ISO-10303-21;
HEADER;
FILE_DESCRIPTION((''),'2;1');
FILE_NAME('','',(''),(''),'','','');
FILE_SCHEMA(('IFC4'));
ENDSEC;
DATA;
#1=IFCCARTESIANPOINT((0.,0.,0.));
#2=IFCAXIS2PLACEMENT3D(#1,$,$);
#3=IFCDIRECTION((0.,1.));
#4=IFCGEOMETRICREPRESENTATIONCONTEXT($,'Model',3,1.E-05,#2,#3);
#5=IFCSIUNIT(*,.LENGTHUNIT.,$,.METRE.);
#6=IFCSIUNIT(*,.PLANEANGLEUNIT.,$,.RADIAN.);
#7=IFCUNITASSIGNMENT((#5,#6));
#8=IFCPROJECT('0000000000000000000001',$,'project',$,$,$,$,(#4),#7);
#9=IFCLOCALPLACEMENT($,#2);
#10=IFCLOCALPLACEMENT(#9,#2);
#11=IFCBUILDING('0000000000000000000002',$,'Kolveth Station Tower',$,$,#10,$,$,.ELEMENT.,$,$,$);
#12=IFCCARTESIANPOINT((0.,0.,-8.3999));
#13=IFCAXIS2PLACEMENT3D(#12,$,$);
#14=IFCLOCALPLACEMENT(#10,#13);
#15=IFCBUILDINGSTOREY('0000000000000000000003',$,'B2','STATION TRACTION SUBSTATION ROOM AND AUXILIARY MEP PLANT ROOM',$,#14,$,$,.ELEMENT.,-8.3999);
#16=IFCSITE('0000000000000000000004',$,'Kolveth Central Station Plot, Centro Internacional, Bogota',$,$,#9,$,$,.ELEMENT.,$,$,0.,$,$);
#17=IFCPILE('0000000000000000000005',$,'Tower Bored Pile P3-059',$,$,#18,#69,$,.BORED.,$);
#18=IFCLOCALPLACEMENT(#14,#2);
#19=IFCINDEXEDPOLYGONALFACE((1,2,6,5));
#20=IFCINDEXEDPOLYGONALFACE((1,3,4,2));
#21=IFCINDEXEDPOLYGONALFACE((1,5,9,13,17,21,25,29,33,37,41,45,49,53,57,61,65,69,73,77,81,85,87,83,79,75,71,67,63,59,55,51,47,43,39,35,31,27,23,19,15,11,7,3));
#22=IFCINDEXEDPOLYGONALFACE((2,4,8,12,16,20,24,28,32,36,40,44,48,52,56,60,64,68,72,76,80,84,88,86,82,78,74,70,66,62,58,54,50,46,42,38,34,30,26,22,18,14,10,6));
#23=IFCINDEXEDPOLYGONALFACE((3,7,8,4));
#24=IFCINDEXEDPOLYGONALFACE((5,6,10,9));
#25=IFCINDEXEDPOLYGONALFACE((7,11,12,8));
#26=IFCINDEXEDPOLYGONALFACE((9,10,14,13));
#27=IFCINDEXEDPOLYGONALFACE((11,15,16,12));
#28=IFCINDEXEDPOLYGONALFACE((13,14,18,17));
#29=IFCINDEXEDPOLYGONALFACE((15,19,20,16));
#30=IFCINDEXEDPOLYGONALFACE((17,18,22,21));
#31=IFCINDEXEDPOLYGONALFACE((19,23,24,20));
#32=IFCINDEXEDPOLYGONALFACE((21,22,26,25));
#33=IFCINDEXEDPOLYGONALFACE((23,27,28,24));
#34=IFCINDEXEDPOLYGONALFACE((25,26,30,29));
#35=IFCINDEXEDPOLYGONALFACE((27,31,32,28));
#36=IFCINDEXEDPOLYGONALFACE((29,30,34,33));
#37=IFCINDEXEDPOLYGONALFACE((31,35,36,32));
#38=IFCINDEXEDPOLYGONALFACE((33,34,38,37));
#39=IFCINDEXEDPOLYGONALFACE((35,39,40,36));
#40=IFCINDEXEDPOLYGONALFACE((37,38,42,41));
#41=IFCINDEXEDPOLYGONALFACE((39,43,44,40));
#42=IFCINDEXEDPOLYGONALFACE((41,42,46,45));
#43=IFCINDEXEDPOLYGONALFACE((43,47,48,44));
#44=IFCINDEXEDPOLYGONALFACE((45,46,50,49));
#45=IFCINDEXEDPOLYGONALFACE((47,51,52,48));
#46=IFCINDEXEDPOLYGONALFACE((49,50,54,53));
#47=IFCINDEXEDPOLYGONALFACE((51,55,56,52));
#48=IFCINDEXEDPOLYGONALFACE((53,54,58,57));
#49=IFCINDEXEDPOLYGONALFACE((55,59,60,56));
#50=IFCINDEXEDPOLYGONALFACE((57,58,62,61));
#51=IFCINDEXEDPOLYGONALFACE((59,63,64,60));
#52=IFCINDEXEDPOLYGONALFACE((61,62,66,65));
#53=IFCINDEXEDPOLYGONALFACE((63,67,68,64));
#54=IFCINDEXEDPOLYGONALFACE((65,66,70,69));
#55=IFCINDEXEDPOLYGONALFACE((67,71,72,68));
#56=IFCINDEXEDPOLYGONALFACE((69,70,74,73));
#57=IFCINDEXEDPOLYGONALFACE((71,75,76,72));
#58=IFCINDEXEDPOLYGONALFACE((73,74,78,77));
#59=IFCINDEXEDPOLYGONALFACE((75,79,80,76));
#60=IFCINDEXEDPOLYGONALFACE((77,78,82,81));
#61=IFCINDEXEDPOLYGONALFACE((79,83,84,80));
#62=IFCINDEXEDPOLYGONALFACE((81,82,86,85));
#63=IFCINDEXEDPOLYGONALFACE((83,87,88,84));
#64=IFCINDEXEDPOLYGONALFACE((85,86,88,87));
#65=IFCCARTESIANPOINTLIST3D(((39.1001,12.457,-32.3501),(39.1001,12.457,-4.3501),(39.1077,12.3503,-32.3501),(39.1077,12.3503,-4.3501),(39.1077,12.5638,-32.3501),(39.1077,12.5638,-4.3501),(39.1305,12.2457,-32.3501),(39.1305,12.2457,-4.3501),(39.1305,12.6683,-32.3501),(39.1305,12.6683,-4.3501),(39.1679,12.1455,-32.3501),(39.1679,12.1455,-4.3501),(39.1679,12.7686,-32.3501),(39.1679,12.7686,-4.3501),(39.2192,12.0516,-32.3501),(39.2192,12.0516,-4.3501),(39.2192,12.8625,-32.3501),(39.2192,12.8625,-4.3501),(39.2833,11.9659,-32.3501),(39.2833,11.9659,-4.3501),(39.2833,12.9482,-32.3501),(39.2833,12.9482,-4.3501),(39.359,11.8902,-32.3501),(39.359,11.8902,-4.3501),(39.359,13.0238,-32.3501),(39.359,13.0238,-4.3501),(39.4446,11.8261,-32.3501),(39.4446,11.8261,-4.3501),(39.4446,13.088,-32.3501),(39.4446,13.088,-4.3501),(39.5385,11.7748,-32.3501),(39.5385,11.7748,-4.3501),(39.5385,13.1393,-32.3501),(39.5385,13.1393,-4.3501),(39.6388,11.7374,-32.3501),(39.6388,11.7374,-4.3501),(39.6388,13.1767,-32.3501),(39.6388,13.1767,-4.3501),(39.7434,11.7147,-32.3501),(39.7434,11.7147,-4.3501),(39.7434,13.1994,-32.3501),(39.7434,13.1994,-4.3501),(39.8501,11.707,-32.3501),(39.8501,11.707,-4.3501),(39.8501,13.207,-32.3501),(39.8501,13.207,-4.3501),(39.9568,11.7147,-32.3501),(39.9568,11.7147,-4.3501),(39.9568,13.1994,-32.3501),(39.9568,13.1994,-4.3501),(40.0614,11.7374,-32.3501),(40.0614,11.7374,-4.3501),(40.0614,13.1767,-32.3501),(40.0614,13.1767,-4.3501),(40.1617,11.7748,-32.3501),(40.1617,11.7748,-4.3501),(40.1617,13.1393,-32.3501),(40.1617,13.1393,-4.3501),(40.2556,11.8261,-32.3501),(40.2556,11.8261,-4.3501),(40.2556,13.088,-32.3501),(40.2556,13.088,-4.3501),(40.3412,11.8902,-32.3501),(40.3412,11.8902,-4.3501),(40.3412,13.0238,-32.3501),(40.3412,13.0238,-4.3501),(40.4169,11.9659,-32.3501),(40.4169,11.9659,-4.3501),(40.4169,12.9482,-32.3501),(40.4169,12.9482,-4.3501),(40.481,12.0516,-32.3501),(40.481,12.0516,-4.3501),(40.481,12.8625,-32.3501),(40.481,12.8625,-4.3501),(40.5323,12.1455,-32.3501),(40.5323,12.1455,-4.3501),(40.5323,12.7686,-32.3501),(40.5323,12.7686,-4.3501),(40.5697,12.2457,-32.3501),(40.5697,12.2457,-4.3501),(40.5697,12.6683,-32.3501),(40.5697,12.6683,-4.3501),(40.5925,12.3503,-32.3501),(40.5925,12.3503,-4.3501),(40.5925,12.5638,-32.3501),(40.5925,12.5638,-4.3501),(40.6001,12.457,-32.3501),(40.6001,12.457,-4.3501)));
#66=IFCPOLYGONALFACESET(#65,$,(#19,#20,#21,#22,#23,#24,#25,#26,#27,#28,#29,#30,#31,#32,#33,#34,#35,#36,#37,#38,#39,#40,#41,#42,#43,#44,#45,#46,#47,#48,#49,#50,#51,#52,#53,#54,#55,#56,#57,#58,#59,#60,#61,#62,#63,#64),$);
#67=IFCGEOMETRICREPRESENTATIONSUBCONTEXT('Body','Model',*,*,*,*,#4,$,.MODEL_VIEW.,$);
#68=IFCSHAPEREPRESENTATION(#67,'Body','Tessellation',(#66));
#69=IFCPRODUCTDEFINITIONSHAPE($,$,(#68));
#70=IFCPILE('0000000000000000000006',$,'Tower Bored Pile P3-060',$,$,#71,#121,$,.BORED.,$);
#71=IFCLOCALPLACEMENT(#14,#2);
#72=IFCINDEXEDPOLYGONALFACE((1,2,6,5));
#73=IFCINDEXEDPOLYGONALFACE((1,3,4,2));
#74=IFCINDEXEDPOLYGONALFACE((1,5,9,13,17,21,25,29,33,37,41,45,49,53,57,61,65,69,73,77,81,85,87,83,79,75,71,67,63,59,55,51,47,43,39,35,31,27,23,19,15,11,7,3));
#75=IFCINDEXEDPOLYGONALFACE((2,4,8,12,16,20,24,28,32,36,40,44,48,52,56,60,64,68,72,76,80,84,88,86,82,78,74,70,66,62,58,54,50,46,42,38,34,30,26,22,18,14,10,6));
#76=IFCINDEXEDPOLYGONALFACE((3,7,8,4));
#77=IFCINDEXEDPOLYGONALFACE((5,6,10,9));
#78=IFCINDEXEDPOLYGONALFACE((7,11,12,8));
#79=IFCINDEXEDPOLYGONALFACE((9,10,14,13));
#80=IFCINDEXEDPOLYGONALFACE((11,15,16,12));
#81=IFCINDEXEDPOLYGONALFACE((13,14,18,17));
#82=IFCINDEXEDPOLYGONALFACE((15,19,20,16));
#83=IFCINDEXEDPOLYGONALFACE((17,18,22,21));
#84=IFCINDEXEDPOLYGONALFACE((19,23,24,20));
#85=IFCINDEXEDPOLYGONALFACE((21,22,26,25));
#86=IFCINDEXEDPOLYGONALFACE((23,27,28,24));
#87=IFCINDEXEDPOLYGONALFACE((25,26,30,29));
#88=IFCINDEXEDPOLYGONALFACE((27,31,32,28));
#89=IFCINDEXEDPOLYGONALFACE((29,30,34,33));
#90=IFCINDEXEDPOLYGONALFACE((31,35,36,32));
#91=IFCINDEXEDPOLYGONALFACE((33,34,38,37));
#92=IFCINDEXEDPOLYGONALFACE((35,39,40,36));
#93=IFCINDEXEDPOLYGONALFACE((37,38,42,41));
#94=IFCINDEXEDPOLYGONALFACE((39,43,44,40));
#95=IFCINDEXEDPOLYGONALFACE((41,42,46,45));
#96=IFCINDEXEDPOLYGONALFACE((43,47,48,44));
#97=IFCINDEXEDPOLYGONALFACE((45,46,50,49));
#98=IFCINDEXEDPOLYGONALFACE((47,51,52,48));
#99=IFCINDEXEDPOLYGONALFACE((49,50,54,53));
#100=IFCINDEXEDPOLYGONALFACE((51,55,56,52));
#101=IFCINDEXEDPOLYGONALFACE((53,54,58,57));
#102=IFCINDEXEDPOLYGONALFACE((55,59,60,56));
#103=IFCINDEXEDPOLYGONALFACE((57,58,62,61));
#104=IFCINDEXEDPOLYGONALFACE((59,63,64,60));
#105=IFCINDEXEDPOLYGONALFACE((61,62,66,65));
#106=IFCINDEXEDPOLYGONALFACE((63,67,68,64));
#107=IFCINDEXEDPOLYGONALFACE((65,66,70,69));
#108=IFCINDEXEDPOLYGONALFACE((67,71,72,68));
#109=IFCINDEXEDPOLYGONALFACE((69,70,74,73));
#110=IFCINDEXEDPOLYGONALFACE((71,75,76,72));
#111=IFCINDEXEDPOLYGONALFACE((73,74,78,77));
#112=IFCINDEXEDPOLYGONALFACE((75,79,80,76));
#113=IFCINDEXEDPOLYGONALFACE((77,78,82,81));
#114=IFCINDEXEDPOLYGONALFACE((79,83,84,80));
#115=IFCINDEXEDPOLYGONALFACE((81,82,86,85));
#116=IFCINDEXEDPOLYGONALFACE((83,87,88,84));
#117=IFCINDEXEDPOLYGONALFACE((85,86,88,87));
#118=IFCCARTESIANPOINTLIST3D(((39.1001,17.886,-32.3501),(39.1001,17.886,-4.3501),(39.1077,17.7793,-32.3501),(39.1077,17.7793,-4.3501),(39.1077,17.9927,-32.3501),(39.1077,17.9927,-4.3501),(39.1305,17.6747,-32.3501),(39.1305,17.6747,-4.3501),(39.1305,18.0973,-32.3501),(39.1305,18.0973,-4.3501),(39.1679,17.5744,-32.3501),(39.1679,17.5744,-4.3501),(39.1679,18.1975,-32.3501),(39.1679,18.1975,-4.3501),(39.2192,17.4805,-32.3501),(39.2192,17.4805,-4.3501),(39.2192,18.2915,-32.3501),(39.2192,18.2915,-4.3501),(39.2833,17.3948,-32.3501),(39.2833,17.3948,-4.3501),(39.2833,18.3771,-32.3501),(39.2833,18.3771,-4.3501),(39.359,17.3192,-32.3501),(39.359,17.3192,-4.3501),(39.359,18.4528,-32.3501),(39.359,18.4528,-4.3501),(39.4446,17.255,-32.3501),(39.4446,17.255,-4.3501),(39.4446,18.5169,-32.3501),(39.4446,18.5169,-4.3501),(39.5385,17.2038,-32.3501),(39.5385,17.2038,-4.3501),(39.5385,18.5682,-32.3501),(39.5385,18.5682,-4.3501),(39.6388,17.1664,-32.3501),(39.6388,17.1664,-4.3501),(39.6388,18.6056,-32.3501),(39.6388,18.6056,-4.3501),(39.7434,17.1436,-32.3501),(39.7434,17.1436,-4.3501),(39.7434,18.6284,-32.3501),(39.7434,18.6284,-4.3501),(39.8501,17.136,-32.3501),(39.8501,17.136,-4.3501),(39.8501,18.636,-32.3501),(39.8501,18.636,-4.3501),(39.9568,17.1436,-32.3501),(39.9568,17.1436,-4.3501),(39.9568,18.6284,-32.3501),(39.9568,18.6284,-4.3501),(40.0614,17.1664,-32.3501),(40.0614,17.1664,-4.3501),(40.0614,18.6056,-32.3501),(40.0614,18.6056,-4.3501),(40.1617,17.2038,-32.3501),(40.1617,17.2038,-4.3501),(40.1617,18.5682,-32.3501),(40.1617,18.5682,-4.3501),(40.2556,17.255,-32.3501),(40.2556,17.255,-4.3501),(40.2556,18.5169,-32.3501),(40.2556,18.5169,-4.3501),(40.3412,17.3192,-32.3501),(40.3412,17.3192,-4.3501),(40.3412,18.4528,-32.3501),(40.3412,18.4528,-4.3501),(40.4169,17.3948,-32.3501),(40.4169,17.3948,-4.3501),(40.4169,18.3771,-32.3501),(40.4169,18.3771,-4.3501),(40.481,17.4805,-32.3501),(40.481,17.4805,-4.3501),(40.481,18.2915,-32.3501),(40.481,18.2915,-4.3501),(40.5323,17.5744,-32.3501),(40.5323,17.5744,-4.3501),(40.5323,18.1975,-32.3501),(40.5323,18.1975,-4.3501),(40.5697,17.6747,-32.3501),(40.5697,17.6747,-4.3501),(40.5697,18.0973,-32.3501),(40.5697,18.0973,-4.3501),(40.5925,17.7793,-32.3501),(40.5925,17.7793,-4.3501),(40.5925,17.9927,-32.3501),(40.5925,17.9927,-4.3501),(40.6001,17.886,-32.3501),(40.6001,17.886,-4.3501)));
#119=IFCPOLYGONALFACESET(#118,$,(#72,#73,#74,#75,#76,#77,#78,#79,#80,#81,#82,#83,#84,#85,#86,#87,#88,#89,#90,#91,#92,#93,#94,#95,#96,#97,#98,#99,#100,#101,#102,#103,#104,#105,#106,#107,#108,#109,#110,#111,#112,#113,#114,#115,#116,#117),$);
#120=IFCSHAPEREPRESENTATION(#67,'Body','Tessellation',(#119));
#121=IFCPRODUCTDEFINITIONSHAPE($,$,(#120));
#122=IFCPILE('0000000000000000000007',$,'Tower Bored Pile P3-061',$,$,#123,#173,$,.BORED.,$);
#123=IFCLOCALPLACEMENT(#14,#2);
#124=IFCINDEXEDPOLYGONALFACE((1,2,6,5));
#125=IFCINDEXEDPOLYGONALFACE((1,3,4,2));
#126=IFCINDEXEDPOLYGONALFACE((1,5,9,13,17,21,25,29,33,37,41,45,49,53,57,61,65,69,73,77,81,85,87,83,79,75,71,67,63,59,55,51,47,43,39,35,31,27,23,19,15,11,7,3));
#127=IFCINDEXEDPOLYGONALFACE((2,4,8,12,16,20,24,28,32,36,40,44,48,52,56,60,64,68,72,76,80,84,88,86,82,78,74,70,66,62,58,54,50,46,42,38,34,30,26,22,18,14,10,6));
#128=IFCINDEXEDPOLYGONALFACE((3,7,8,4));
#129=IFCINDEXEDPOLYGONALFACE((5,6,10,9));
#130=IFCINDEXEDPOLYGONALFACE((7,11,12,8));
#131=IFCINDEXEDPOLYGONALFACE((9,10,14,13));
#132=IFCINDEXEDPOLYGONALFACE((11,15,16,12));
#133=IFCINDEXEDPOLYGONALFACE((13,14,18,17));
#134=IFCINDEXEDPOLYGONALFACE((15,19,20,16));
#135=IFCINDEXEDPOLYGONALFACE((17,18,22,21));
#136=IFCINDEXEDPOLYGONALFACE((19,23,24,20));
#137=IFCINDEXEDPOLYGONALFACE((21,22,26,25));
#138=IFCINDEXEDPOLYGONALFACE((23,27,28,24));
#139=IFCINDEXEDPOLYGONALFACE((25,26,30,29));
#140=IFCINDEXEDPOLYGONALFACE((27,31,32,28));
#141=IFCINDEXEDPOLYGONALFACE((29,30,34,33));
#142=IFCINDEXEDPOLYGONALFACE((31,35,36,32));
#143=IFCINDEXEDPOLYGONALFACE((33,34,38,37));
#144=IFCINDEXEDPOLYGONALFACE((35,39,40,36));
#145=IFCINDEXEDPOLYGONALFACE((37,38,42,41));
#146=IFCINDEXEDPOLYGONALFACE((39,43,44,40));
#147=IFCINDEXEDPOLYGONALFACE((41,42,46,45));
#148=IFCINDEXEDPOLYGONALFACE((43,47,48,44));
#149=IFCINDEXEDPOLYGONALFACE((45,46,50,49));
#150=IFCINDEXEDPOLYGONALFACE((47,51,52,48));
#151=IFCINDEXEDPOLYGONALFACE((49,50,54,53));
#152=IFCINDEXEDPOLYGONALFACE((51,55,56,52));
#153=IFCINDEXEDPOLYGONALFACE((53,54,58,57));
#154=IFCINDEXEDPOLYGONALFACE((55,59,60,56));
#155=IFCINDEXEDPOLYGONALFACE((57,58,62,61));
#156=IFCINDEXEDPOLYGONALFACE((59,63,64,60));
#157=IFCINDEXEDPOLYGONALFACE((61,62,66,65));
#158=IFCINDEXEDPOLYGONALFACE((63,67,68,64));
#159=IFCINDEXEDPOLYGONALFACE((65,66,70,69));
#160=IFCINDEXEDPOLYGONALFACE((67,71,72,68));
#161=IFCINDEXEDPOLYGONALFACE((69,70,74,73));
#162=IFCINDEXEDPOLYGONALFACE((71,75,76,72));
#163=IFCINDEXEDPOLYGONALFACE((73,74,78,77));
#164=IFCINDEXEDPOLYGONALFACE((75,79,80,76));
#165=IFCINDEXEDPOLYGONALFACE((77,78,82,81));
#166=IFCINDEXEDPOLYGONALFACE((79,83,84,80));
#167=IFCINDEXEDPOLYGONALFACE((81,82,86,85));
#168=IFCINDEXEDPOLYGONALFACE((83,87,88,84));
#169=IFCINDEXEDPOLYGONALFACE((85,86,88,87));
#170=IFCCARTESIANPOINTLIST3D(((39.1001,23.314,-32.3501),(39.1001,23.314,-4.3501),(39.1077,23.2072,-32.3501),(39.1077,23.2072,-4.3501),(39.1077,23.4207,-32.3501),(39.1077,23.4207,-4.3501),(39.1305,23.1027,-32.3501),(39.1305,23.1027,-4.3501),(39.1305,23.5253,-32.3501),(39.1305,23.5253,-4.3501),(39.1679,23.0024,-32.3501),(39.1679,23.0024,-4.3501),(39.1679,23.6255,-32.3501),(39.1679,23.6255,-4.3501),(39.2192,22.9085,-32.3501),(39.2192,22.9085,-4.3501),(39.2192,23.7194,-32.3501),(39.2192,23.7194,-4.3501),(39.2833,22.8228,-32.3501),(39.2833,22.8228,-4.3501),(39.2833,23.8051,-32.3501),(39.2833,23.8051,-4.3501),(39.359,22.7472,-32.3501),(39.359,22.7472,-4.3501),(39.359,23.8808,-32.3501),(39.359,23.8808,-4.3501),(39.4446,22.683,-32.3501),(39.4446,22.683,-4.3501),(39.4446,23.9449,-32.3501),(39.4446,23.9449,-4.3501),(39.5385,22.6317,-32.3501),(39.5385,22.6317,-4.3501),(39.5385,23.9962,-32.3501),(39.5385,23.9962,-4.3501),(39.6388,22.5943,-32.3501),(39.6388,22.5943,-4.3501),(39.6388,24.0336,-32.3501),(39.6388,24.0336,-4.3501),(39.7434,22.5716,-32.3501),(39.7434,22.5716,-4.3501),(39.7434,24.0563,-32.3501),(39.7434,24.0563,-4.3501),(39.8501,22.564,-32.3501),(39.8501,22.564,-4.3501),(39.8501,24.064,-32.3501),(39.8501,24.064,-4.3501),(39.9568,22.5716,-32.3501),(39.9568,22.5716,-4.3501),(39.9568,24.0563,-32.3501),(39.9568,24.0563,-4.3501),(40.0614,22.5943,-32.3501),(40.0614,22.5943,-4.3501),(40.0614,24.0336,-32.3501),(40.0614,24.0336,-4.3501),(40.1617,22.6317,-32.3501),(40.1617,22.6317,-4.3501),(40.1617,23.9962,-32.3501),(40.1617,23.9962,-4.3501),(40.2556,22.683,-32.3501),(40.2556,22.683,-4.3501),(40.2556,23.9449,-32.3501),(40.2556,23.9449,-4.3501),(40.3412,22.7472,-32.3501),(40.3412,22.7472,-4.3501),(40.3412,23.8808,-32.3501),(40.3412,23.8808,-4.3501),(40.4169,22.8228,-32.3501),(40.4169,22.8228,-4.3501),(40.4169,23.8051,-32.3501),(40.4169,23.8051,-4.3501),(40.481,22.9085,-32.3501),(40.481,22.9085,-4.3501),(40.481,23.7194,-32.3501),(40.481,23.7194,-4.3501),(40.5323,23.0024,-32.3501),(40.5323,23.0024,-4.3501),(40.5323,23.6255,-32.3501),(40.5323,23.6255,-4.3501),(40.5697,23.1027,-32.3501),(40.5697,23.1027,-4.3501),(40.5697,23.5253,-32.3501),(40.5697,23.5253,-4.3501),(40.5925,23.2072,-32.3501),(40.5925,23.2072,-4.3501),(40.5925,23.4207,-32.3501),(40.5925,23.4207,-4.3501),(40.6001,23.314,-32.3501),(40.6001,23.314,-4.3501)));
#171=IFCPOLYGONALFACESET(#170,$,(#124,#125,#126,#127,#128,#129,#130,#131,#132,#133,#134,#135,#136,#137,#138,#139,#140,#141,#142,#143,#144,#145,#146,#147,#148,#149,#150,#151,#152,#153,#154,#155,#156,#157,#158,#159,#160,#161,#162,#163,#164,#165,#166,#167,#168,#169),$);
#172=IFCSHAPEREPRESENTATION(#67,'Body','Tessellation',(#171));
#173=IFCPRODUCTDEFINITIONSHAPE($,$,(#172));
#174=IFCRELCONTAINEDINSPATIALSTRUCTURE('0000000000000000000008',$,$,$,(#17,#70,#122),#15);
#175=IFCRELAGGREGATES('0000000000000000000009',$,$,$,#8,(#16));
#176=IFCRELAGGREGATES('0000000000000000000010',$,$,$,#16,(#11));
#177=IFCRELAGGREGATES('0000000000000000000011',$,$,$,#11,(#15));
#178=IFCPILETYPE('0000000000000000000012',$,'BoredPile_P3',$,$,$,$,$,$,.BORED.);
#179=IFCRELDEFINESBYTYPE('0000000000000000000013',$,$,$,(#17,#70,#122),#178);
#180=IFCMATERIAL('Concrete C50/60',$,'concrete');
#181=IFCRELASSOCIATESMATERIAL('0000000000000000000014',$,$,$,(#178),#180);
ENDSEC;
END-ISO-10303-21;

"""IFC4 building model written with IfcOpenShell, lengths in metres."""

from ifc_helpers import new_model, si_unit, direction, frame, origin, origin_2d, place, context, subcontext, project, spatial, circle, extrude, source, transform, mapped, material, material_profile, profile_set, type_object, element, save


model = new_model("IFC4")

# Units and contexts
model_context = context("Model", 3, precision=1e-05, world=origin(), true_north=direction((0.0, 1.0)))
body_context = subcontext(model_context, "Body", "Model", "MODEL_VIEW")
ifc_project = project(units=[si_unit("LENGTHUNIT", "METRE"), si_unit("PLANEANGLEUNIT", "RADIAN")], contexts=[model_context])

# Site, building, storey
site_placement = place(None, origin())
site = spatial("IfcSite", under=ifc_project, at=site_placement, Name="Kolveth Central Station Plot, Centro Internacional, Bogota", CompositionType="ELEMENT", RefElevation=0.0)
building_placement = place(site_placement, origin())
building = spatial("IfcBuilding", under=site, at=building_placement, Name="Kolveth Station Tower", CompositionType="ELEMENT")
storey_placement = place(building_placement, frame((0.0, 0.0, -8.3999)))
storey = spatial("IfcBuildingStorey", under=building, at=storey_placement, Name="B2", Description="STATION TRACTION SUBSTATION ROOM AND AUXILIARY MEP PLANT ROOM", CompositionType="ELEMENT", Elevation=-8.3999)

# Piles
ifc_material_1 = material(Name="Concrete C50/60", Category="concrete")
ifc_material_profile_1 = material_profile(ifc_material_1, circle(Radius=0.75, at=origin_2d()), Name="PILE-D1500")
ifc_profile_set_1 = profile_set([ifc_material_profile_1], Name="Concrete C50/60")
pile_type_1 = type_object("IfcPileType", Name="BoredPile_P3", PredefinedType="BORED", material=ifc_profile_set_1)
shared_shape_1 = source(origin(), body_context, "Body", "SweptSolid", [
    extrude(circle(Radius=0.75, at=origin_2d()), origin(), (0.0, 0.0, 1.0), 28.0),
])
for number, where, z_axis, x_axis, name in (
    (1, (39.8501, 12.457, -4.3501), (0.0, 0.0, -1.0), (1.0, 0.0, 0.0), "Tower Bored Pile P3-059"),
    (2, (39.8501, 17.886, -4.3501), (0.0, 0.0, -1.0), (1.0, 0.0, 0.0), "Tower Bored Pile P3-060"),
    (3, (39.8501, 23.314, -4.3501), (0.0, 0.0, -1.0), (1.0, 0.0, 0.0), "Tower Bored Pile P3-061"),
):
    element("IfcPile", number, at=place(storey_placement, frame(where, z_axis=z_axis, x_axis=x_axis)), inside=storey, type_object=pile_type_1, Name=name, PredefinedType="BORED", context=body_context, shape_type="MappedRepresentation", body=[
        mapped(shared_shape_1, transform((0.0, 0.0, 0.0), x_axis=(1.0, 0.0, 0.0), y_axis=(0.0, 1.0, 0.0), z_axis=(0.0, 0.0, 1.0), scale=1.0)),
    ])

save(model, "model.ifc")
